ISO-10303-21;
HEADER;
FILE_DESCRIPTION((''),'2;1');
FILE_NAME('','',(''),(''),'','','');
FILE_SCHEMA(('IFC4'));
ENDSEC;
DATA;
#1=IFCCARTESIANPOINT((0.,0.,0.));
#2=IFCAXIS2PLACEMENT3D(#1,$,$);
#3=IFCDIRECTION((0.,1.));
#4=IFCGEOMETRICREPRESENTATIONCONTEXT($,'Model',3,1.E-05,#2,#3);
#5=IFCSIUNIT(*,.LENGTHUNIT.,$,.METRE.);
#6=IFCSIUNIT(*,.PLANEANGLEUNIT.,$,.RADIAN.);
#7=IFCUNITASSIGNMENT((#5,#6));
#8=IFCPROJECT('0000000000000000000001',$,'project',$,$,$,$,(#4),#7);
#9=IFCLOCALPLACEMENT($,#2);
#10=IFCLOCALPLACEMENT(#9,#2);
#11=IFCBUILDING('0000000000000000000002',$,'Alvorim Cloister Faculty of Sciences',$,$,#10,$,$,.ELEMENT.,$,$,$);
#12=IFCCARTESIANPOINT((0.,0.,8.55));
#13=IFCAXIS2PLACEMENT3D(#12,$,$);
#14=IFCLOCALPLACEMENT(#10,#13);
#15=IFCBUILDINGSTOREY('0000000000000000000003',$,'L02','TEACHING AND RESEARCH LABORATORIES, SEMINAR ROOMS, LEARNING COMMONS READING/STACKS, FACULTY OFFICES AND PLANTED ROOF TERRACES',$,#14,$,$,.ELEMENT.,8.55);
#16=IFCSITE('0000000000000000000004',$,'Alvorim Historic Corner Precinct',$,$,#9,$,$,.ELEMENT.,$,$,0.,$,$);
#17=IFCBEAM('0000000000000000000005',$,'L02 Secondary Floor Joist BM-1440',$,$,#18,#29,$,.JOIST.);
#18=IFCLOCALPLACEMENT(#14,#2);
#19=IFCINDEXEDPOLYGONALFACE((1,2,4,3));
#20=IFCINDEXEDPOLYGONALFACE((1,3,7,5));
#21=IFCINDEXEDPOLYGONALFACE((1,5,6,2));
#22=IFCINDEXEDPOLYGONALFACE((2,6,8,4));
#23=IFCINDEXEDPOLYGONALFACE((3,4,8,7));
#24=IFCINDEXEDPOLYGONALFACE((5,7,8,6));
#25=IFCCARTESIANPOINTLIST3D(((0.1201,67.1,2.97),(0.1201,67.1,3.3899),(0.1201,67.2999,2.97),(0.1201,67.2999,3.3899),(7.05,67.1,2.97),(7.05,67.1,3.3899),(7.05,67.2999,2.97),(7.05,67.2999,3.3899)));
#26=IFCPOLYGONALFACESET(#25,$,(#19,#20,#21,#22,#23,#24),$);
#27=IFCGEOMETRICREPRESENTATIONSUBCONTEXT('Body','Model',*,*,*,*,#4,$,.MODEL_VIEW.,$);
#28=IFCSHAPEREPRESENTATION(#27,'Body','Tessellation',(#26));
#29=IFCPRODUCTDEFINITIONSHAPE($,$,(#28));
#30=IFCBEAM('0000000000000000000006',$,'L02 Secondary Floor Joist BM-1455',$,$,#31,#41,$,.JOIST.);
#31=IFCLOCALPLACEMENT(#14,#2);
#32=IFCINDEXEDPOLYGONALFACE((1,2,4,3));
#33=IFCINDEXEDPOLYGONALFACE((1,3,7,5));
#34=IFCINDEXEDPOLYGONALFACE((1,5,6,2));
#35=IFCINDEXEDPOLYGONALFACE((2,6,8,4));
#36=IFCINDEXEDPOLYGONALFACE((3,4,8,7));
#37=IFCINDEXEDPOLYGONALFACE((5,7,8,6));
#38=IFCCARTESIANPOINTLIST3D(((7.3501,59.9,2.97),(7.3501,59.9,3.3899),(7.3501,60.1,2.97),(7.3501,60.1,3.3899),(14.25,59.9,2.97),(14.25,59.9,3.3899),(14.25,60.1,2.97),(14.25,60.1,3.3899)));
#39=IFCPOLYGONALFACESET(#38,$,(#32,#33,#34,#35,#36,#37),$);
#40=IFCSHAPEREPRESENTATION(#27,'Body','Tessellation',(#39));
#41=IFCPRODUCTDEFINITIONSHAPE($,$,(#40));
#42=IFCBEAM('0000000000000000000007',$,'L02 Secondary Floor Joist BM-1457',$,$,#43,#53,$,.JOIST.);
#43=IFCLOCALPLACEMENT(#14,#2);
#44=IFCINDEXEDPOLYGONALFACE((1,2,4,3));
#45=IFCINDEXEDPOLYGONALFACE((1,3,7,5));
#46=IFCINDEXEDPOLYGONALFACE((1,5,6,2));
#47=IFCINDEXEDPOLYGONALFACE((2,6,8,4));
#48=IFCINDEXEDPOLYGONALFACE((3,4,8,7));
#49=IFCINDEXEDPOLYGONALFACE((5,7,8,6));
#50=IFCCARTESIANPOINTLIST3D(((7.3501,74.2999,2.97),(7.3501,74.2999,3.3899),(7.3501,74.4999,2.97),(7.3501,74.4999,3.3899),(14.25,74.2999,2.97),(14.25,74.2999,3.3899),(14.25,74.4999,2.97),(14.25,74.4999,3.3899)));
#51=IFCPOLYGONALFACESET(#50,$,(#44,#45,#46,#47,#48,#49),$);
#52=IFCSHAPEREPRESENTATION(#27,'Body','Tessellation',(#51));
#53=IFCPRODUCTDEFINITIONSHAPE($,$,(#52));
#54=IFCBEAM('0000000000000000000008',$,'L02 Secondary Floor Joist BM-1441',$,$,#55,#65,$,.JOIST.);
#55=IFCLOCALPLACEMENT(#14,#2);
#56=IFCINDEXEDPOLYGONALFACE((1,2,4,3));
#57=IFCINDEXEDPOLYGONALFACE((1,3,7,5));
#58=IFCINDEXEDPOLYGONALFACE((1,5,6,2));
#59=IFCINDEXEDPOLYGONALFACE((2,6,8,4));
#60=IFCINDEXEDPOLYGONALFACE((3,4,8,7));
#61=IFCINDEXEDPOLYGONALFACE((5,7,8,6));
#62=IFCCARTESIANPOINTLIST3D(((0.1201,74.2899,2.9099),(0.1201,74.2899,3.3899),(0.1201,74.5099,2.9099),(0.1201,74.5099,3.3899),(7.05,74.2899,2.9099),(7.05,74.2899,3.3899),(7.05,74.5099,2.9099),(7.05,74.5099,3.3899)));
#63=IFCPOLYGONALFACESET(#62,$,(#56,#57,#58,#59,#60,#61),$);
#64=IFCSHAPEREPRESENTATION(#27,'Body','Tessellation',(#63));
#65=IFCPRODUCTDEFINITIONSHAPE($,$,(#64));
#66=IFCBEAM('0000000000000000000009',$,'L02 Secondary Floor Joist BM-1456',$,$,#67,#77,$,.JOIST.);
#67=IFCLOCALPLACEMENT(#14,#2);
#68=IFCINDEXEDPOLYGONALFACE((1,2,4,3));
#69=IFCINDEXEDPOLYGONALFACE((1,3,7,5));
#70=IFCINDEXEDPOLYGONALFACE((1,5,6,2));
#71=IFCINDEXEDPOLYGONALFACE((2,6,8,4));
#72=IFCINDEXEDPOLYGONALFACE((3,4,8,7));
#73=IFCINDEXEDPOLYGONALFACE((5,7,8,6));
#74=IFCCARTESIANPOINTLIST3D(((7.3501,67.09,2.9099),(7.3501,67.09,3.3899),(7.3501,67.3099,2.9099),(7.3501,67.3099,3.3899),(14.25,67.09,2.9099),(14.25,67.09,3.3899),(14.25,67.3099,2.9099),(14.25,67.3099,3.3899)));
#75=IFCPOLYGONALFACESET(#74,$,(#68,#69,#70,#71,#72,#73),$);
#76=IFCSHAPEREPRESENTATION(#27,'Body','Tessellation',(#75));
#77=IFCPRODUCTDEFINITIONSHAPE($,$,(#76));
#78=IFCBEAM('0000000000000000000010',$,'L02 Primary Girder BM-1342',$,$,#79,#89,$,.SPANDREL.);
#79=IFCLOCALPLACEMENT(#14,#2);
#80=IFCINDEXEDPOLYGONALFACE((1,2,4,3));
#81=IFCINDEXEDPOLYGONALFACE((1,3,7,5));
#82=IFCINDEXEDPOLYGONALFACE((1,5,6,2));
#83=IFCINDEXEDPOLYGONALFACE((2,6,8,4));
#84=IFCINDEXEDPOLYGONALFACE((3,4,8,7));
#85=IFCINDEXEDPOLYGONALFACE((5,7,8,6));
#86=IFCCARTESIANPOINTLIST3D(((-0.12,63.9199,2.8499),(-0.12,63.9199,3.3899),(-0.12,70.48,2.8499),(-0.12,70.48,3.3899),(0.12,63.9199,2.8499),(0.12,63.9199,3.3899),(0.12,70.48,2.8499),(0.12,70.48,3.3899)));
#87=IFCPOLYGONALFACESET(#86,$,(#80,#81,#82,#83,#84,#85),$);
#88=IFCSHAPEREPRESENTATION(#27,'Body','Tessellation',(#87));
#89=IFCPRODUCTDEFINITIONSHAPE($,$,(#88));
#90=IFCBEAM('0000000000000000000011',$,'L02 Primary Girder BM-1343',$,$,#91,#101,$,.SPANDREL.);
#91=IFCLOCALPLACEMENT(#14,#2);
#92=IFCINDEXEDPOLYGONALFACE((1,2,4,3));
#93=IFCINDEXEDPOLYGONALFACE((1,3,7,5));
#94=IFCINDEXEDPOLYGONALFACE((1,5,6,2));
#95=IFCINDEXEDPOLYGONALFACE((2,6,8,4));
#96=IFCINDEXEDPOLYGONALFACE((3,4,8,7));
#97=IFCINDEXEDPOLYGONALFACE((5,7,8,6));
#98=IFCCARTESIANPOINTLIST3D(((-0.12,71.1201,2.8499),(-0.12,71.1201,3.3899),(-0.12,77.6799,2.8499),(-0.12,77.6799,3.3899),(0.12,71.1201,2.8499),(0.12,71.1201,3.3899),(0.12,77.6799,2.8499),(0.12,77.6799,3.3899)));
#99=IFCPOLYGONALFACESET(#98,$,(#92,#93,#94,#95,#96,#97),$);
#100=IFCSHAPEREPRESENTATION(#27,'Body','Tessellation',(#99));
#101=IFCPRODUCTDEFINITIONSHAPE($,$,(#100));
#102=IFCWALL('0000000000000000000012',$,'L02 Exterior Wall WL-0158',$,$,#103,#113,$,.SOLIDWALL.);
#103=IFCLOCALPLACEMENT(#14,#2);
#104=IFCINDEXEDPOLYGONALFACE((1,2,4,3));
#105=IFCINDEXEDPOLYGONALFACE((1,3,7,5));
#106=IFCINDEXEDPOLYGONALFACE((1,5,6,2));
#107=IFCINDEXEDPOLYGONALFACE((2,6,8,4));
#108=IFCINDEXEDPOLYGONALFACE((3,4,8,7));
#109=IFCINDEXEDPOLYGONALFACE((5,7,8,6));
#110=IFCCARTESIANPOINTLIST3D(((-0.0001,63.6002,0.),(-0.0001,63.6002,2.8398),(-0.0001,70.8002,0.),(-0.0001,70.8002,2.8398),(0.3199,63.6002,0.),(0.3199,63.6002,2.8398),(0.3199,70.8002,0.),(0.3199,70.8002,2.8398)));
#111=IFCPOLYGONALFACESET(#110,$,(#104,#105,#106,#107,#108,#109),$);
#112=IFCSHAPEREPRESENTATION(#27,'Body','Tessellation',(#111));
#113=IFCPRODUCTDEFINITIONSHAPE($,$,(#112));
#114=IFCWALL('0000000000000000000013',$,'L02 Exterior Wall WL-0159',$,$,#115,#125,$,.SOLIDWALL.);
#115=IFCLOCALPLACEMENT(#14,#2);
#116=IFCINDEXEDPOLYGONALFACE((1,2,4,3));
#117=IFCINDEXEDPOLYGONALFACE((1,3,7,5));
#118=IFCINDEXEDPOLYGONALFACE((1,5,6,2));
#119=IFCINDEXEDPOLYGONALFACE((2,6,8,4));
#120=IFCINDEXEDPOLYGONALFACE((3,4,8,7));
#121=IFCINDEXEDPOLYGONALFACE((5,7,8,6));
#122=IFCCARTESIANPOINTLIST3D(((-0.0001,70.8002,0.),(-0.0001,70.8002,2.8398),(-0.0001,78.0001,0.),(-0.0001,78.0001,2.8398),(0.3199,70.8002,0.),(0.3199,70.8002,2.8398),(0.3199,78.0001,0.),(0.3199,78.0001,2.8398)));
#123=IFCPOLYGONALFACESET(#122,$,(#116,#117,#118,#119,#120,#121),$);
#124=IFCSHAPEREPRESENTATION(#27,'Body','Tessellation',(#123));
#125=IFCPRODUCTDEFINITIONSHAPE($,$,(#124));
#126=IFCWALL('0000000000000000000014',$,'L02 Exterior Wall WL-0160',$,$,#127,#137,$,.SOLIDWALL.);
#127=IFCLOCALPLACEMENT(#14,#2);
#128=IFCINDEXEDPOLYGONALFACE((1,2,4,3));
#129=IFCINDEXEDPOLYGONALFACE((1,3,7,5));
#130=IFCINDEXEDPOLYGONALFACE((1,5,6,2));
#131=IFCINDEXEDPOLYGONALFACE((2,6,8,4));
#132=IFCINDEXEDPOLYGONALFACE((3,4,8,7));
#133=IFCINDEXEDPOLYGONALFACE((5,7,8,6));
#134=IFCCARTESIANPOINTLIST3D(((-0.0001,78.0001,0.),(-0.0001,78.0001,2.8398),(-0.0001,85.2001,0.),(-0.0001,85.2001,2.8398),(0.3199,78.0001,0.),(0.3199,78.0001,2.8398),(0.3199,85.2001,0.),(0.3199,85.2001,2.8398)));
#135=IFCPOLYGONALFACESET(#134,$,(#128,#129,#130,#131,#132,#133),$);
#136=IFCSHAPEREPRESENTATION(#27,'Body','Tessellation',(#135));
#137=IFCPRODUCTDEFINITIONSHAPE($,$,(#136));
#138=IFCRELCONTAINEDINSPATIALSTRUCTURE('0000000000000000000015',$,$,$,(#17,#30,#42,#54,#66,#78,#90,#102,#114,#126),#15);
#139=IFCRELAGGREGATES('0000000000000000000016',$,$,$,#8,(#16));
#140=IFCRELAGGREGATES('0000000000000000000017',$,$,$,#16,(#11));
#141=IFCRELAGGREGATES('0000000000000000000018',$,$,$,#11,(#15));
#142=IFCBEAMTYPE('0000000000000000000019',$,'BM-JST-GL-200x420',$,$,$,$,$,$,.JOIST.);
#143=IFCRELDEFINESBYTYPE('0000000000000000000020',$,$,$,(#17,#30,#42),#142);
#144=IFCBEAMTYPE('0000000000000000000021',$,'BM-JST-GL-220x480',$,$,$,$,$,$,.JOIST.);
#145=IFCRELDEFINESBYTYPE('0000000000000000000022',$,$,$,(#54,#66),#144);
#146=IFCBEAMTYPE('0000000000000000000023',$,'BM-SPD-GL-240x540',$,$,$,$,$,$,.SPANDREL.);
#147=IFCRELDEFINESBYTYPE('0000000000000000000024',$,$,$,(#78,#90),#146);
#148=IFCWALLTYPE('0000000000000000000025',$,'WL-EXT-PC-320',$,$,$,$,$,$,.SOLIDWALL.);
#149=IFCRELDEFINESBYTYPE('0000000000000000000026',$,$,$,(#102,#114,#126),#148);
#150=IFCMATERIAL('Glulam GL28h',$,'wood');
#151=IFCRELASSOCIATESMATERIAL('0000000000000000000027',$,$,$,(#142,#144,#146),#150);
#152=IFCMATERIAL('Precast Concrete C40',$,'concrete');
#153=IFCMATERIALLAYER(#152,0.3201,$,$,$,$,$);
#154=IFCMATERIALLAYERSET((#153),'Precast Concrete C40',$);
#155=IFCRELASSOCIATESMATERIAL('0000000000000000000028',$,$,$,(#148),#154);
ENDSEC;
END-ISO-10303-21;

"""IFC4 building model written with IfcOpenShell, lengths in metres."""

from ifc_helpers import new_model, si_unit, direction, frame, frame_2d, origin, origin_2d, place, context, subcontext, project, spatial, rectangle, extrude, material, layer, layer_set, material_profile, profile_set, type_object, element, save


model = new_model("IFC4")

# Units and contexts
model_context = context("Model", 3, precision=1e-05, world=origin(), true_north=direction((0.0, 1.0)))
body_context = subcontext(model_context, "Body", "Model", "MODEL_VIEW")
ifc_project = project(units=[si_unit("LENGTHUNIT", "METRE"), si_unit("PLANEANGLEUNIT", "RADIAN")], contexts=[model_context])

# Site, building, storey
site_placement = place(None, origin())
site = spatial("IfcSite", under=ifc_project, at=site_placement, Name="Alvorim Historic Corner Precinct", CompositionType="ELEMENT", RefElevation=0.0)
building_placement = place(site_placement, origin())
building = spatial("IfcBuilding", under=site, at=building_placement, Name="Alvorim Cloister Faculty of Sciences", CompositionType="ELEMENT")
storey_placement = place(building_placement, frame((0.0, 0.0, 8.55)))
storey = spatial("IfcBuildingStorey", under=building, at=storey_placement, Name="L02", Description="TEACHING AND RESEARCH LABORATORIES, SEMINAR ROOMS, LEARNING COMMONS READING/STACKS, FACULTY OFFICES AND PLANTED ROOF TERRACES", CompositionType="ELEMENT", Elevation=8.55)

# Shared definitions
ifc_material_1 = material(Name="Precast Concrete C40", Category="concrete")

# Beams
ifc_material_2 = material(Name="Glulam GL28h", Category="wood")
ifc_material_profile_1 = material_profile(ifc_material_2, rectangle(XDim=0.2, YDim=0.4199, at=origin_2d()), Name="GL28-JST-200x420")
ifc_profile_set_1 = profile_set([ifc_material_profile_1], Name="Glulam GL28h")
beam_type_1 = type_object("IfcBeamType", Name="BM-JST-GL-200x420", PredefinedType="JOIST", material=ifc_profile_set_1)
beam_1_placement = place(storey_placement, frame((0.1201, 67.2, 3.1799), z_axis=(1.0, 0.0, 0.0), x_axis=(0.0, 1.0, 0.0)))
element("IfcBeam", 1, at=beam_1_placement, inside=storey, type_object=beam_type_1, Name="L02 Secondary Floor Joist BM-1440", PredefinedType="JOIST", context=body_context, shape_type="SweptSolid", body=[
    extrude(rectangle(XDim=0.2, YDim=0.4199, at=origin_2d()), origin(), (0.0, 0.0, 1.0), 6.9299),
])
for number, where, z_axis, x_axis, name in (
    (2, (7.3501, 60.0, 3.1799), (1.0, 0.0, 0.0), (0.0, 1.0, 0.0), "L02 Secondary Floor Joist BM-1455"),
    (3, (7.3501, 74.3999, 3.1799), (1.0, 0.0, 0.0), (0.0, 1.0, 0.0), "L02 Secondary Floor Joist BM-1457"),
):
    element("IfcBeam", number, at=place(storey_placement, frame(where, z_axis=z_axis, x_axis=x_axis)), inside=storey, type_object=beam_type_1, Name=name, PredefinedType="JOIST", context=body_context, shape_type="SweptSolid", body=[
        extrude(rectangle(XDim=0.2, YDim=0.4199, at=origin_2d()), origin(), (0.0, 0.0, 1.0), 6.8999),
    ])
ifc_material_profile_2 = material_profile(ifc_material_2, rectangle(XDim=0.22, YDim=0.48, at=origin_2d()), Name="GL28-JST-220x480")
ifc_profile_set_2 = profile_set([ifc_material_profile_2], Name="Glulam GL28h")
beam_type_2 = type_object("IfcBeamType", Name="BM-JST-GL-220x480", PredefinedType="JOIST", material=ifc_profile_set_2)
beam_2_placement = place(storey_placement, frame((0.1201, 74.3999, 3.1499), z_axis=(1.0, 0.0, 0.0), x_axis=(0.0, 1.0, 0.0)))
element("IfcBeam", 4, at=beam_2_placement, inside=storey, type_object=beam_type_2, Name="L02 Secondary Floor Joist BM-1441", PredefinedType="JOIST", context=body_context, shape_type="SweptSolid", body=[
    extrude(rectangle(XDim=0.22, YDim=0.48, at=origin_2d()), origin(), (0.0, 0.0, 1.0), 6.9299),
])
beam_3_placement = place(storey_placement, frame((7.3501, 67.2, 3.1499), z_axis=(1.0, 0.0, 0.0), x_axis=(0.0, 1.0, 0.0)))
element("IfcBeam", 5, at=beam_3_placement, inside=storey, type_object=beam_type_2, Name="L02 Secondary Floor Joist BM-1456", PredefinedType="JOIST", context=body_context, shape_type="SweptSolid", body=[
    extrude(rectangle(XDim=0.22, YDim=0.48, at=origin_2d()), origin(), (0.0, 0.0, 1.0), 6.8999),
])
ifc_material_profile_3 = material_profile(ifc_material_2, rectangle(XDim=0.24, YDim=0.54, at=origin_2d()), Name="GL28-SPD-240x540")
ifc_profile_set_3 = profile_set([ifc_material_profile_3], Name="Glulam GL28h")
beam_type_3 = type_object("IfcBeamType", Name="BM-SPD-GL-240x540", PredefinedType="SPANDREL", material=ifc_profile_set_3)
beam_4_placement = place(storey_placement, frame((0.0, 63.9199, 3.1199), z_axis=(0.0, 1.0, 0.0), x_axis=(-1.0, 0.0, 0.0)))
element("IfcBeam", 6, at=beam_4_placement, inside=storey, type_object=beam_type_3, Name="L02 Primary Girder BM-1342", PredefinedType="SPANDREL", context=body_context, shape_type="SweptSolid", body=[
    extrude(rectangle(XDim=0.24, YDim=0.54, at=origin_2d()), origin(), (0.0, 0.0, 1.0), 6.5601),
])
beam_5_placement = place(storey_placement, frame((0.0, 71.1201, 3.1199), z_axis=(0.0, 1.0, 0.0), x_axis=(-1.0, 0.0, 0.0)))
element("IfcBeam", 7, at=beam_5_placement, inside=storey, type_object=beam_type_3, Name="L02 Primary Girder BM-1343", PredefinedType="SPANDREL", context=body_context, shape_type="SweptSolid", body=[
    extrude(rectangle(XDim=0.24, YDim=0.54, at=origin_2d()), origin(), (0.0, 0.0, 1.0), 6.5598),
])

# Walls
ifc_layer = layer(ifc_material_1, 0.3201)
ifc_layer_set = layer_set([ifc_layer], Name="Precast Concrete C40")
wall_type = type_object("IfcWallType", Name="WL-EXT-PC-320", PredefinedType="SOLIDWALL", material=ifc_layer_set)
for number, where, z_axis, x_axis, name in (
    (8, (0.1599, 63.6001, 0.0), (0.0, 0.0, 1.0), (0.0, 1.0, 0.0), "L02 Exterior Wall WL-0158"),
    (9, (0.1599, 70.8, 0.0), (0.0, 0.0, 1.0), (0.0, 1.0, 0.0), "L02 Exterior Wall WL-0159"),
    (10, (0.1599, 78.0, 0.0), (0.0, 0.0, 1.0), (0.0, 1.0, 0.0), "L02 Exterior Wall WL-0160"),
):
    element("IfcWall", number, at=place(storey_placement, frame(where, z_axis=z_axis, x_axis=x_axis)), inside=storey, type_object=wall_type, Name=name, PredefinedType="SOLIDWALL", context=body_context, shape_type="SweptSolid", body=[
        extrude(rectangle(XDim=7.2, YDim=0.3201, at=frame_2d((3.6001, 0.0))), origin(), (0.0, 0.0, 1.0), 2.8398),
    ])

save(model, "model.ifc")
